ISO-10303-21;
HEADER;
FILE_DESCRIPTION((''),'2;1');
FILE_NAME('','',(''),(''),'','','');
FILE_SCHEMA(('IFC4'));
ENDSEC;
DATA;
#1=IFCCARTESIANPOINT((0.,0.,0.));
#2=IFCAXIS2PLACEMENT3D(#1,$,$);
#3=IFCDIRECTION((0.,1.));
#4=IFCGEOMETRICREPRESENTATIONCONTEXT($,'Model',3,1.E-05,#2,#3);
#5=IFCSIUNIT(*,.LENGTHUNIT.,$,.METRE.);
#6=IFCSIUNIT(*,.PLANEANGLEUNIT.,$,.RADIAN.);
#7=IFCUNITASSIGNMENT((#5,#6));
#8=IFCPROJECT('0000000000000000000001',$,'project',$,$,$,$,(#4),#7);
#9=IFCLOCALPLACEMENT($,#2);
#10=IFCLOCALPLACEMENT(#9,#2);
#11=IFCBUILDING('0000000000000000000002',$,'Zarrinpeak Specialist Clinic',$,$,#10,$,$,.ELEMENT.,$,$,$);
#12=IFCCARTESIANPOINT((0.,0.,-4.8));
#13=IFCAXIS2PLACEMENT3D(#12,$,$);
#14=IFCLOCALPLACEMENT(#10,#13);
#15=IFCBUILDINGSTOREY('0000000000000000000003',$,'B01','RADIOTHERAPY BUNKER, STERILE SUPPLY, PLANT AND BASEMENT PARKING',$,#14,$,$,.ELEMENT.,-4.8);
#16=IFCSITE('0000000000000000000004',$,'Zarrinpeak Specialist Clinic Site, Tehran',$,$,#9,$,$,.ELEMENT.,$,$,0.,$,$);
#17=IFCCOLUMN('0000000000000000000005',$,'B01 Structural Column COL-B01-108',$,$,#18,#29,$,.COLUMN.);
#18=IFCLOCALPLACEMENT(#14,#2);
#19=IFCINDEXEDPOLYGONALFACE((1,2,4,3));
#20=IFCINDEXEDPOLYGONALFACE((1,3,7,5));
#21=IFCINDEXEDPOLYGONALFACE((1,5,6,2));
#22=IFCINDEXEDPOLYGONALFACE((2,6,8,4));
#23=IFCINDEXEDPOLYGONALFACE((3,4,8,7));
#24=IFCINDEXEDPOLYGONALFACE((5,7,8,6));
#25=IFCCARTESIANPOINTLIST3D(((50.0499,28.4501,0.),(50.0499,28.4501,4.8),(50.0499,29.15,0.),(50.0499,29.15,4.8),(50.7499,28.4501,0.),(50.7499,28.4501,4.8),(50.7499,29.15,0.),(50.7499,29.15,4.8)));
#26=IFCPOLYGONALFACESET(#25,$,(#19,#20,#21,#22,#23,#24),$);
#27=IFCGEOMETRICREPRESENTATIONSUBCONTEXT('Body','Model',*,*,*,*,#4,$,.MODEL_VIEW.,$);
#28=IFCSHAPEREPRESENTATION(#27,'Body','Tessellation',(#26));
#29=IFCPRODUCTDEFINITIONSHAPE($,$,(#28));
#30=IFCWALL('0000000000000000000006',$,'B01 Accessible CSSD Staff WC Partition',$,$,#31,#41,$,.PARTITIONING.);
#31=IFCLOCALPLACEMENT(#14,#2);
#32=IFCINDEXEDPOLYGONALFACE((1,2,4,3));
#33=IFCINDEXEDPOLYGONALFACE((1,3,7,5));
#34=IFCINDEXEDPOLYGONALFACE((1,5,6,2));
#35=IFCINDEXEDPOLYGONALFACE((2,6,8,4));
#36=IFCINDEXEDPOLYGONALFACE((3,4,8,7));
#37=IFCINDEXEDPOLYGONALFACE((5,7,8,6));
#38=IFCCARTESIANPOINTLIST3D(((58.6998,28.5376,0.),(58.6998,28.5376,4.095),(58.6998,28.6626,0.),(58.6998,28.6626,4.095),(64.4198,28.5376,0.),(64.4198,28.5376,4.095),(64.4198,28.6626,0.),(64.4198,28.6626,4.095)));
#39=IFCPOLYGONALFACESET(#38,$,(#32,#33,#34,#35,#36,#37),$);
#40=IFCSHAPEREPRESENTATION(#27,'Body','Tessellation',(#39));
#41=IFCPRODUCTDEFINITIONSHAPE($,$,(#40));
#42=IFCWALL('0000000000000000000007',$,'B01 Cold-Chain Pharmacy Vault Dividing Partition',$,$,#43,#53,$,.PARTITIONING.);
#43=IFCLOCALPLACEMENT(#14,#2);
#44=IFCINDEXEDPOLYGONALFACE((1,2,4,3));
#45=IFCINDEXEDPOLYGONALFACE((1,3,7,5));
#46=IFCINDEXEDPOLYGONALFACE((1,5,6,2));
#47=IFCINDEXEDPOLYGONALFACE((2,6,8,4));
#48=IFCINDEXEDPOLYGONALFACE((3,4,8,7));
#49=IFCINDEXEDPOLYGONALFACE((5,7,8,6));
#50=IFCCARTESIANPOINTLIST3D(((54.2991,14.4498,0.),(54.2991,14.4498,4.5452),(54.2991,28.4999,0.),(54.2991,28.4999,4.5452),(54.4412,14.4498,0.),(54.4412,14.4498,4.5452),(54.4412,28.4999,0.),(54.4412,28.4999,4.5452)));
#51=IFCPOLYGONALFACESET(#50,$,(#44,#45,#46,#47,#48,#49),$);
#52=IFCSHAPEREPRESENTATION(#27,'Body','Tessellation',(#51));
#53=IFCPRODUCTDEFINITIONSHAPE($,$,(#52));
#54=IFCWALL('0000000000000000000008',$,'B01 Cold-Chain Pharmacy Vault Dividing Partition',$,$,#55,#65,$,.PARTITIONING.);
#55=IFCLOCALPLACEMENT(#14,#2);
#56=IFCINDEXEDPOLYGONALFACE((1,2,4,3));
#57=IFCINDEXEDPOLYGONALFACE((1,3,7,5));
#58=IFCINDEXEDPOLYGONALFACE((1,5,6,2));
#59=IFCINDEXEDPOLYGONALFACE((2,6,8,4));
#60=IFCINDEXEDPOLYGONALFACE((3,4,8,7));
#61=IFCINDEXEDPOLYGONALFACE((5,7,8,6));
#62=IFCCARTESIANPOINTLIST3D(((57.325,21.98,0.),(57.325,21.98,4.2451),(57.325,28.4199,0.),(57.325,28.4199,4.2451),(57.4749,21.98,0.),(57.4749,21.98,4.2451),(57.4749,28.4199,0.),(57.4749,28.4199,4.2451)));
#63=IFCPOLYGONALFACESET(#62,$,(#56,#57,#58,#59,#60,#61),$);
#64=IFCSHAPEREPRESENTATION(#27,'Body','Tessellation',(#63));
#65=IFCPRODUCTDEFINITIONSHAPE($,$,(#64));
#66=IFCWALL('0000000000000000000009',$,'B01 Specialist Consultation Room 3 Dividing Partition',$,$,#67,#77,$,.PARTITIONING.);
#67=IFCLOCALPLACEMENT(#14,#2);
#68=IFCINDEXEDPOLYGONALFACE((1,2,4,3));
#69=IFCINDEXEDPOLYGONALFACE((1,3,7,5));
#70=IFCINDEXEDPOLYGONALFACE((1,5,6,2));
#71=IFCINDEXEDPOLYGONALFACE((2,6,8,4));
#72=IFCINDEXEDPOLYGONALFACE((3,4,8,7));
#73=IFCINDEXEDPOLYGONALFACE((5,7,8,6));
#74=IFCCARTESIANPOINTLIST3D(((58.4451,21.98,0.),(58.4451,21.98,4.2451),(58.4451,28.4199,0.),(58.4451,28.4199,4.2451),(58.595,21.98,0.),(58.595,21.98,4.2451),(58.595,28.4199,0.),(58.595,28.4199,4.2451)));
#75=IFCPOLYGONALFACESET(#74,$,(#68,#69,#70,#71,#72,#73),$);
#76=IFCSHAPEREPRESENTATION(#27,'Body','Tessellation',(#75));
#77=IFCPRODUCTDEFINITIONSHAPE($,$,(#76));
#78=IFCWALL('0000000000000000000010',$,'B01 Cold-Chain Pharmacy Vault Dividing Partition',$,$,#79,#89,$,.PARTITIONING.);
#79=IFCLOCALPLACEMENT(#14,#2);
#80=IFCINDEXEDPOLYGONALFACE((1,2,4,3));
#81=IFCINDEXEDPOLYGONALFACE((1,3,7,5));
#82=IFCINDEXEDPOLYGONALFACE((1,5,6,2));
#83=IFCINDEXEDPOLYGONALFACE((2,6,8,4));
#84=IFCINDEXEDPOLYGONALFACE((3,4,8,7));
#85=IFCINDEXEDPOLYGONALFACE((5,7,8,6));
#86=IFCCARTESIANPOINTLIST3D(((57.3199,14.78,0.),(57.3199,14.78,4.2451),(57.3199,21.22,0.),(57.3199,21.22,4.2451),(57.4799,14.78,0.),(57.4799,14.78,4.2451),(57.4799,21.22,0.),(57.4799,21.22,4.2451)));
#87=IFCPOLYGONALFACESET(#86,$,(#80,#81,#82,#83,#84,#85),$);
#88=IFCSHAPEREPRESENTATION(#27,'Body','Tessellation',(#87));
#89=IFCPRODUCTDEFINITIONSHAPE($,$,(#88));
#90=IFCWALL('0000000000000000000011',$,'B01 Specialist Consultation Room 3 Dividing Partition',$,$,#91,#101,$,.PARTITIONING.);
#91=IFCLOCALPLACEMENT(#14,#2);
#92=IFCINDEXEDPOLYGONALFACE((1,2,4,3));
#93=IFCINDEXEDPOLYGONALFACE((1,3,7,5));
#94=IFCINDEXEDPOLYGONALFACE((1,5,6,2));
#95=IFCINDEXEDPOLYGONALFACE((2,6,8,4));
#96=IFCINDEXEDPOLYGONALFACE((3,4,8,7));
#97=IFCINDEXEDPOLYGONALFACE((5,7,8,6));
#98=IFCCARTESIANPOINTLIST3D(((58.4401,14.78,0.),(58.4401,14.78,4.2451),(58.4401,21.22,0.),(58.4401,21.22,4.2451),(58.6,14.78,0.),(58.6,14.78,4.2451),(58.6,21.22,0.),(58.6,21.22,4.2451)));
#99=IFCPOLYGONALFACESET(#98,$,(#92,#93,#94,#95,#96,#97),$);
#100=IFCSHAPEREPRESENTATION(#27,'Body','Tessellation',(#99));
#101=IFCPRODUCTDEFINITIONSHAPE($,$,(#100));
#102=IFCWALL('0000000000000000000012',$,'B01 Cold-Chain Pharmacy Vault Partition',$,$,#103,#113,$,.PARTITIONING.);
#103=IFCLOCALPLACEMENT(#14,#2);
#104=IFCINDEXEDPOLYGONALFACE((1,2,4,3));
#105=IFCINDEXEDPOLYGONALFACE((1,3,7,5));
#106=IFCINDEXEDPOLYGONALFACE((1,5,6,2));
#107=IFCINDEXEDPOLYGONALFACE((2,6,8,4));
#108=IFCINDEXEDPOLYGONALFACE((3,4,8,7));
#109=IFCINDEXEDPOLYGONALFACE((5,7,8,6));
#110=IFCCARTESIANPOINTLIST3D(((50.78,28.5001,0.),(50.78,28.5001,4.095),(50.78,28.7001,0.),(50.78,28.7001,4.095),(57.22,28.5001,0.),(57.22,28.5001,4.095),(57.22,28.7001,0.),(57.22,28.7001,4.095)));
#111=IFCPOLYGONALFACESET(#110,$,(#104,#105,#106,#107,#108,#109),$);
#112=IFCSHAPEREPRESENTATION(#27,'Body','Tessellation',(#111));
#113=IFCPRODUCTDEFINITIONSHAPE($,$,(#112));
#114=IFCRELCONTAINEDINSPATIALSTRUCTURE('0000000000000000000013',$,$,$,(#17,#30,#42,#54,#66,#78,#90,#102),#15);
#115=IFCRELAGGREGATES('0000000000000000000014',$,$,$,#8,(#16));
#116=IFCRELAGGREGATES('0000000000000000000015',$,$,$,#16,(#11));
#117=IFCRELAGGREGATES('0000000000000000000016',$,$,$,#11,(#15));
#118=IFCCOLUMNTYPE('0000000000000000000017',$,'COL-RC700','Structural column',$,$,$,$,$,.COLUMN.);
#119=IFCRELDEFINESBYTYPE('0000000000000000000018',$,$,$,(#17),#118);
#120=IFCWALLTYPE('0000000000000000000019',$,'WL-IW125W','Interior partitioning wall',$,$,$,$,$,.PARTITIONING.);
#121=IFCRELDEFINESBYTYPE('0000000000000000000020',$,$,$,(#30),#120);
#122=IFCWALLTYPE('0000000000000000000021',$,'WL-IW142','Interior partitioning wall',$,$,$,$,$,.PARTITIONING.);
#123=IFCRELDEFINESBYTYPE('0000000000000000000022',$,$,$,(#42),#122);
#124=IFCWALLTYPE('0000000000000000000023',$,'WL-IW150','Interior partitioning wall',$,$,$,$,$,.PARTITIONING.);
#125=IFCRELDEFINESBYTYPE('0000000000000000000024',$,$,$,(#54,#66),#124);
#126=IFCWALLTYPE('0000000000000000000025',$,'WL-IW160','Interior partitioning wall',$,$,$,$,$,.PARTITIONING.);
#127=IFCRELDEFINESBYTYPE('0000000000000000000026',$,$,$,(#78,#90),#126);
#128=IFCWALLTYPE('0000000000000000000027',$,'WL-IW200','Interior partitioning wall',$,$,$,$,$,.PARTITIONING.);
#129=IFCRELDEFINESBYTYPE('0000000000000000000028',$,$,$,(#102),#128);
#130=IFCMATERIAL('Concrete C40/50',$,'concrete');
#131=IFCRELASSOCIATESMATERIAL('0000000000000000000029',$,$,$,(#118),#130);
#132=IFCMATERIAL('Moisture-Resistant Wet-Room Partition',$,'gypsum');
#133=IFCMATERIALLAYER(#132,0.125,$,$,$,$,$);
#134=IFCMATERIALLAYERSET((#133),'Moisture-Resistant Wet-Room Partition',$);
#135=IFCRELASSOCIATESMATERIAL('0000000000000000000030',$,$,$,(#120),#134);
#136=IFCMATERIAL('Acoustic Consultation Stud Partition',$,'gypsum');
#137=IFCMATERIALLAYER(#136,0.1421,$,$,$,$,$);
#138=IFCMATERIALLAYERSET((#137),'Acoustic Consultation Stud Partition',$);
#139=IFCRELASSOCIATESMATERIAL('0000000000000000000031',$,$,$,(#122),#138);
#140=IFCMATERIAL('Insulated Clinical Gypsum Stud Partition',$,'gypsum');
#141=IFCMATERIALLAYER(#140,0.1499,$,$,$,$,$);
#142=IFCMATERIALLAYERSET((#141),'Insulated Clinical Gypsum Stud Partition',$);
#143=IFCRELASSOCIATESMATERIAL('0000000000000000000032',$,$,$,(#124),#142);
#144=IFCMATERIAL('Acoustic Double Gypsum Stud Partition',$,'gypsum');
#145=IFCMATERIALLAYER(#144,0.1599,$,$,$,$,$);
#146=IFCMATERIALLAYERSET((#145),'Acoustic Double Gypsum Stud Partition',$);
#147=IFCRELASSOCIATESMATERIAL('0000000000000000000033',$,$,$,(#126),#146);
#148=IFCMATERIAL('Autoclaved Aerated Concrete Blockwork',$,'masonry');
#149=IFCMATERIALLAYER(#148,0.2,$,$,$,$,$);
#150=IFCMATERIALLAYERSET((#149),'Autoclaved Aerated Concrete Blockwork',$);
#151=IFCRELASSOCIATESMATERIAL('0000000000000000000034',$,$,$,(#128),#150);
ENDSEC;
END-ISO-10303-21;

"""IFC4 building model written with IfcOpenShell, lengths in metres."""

from ifc_helpers import new_model, si_unit, direction, frame, frame_2d, origin, origin_2d, place, context, subcontext, project, spatial, rectangle, extrude, material, layer, layer_set, material_profile, profile_set, type_object, element, save


model = new_model("IFC4")

# Units and contexts
model_context = context("Model", 3, precision=1e-05, world=origin(), true_north=direction((0.0, 1.0)))
body_context = subcontext(model_context, "Body", "Model", "MODEL_VIEW")
ifc_project = project(units=[si_unit("LENGTHUNIT", "METRE"), si_unit("PLANEANGLEUNIT", "RADIAN")], contexts=[model_context])

# Site, building, storey
site_placement = place(None, origin())
site = spatial("IfcSite", under=ifc_project, at=site_placement, Name="Zarrinpeak Specialist Clinic Site, Tehran", CompositionType="ELEMENT", RefElevation=0.0)
building_placement = place(site_placement, origin())
building = spatial("IfcBuilding", under=site, at=building_placement, Name="Zarrinpeak Specialist Clinic", CompositionType="ELEMENT")
storey_placement = place(building_placement, frame((0.0, 0.0, -4.8)))
storey = spatial("IfcBuildingStorey", under=building, at=storey_placement, Name="B01", Description="RADIOTHERAPY BUNKER, STERILE SUPPLY, PLANT AND BASEMENT PARKING", CompositionType="ELEMENT", Elevation=-4.8)

# Shared definitions
ifc_material_1 = material(Name="Concrete C40/50", Category="concrete")

# Column
ifc_material_profile_1 = material_profile(ifc_material_1, rectangle(XDim=0.7, YDim=0.7, at=origin_2d()), Name="RC 700x700")
ifc_profile_set_1 = profile_set([ifc_material_profile_1], Name="Concrete C40/50")
column_type_1 = type_object("IfcColumnType", Name="COL-RC700", Description="Structural column", PredefinedType="COLUMN", material=ifc_profile_set_1)
for number, where, z_axis, x_axis, name in (
    (1, (50.3999, 28.8, 0.0), (0.0, 0.0, 1.0), (1.0, 0.0, 0.0), "B01 Structural Column COL-B01-108"),
):
    element("IfcColumn", number, at=place(storey_placement, frame(where, z_axis=z_axis, x_axis=x_axis)), inside=storey, type_object=column_type_1, Name=name, PredefinedType="COLUMN", context=body_context, shape_type="SweptSolid", body=[
        extrude(rectangle(XDim=0.7, YDim=0.7, at=origin_2d()), origin(), (0.0, 0.0, 1.0), 4.8),
    ])

# Walls
ifc_material_2 = material(Name="Moisture-Resistant Wet-Room Partition", Category="gypsum")
ifc_layer_1 = layer(ifc_material_2, 0.125)
ifc_layer_set_1 = layer_set([ifc_layer_1], Name="Moisture-Resistant Wet-Room Partition")
wall_type_1 = type_object("IfcWallType", Name="WL-IW125W", Description="Interior partitioning wall", PredefinedType="PARTITIONING", material=ifc_layer_set_1)
wall_1_placement = place(storey_placement, frame((58.7, 28.6001, 0.0), z_axis=(0.0, 0.0, 1.0), x_axis=(1.0, 0.0, 0.0)))
element("IfcWall", 2, at=wall_1_placement, inside=storey, type_object=wall_type_1, Name="B01 Accessible CSSD Staff WC Partition", PredefinedType="PARTITIONING", context=body_context, shape_type="SweptSolid", body=[
    extrude(rectangle(XDim=5.72, YDim=0.125, at=frame_2d((2.8599, 0.0))), origin(), (0.0, 0.0, 1.0), 4.095),
])
ifc_material_3 = material(Name="Acoustic Consultation Stud Partition", Category="gypsum")
ifc_layer_2 = layer(ifc_material_3, 0.1421)
ifc_layer_set_2 = layer_set([ifc_layer_2], Name="Acoustic Consultation Stud Partition")
wall_type_2 = type_object("IfcWallType", Name="WL-IW142", Description="Interior partitioning wall", PredefinedType="PARTITIONING", material=ifc_layer_set_2)
wall_2_placement = place(storey_placement, frame((54.3701, 14.45, 0.0), z_axis=(0.0, 0.0, 1.0), x_axis=(0.0, 1.0, 0.0)))
element("IfcWall", 3, at=wall_2_placement, inside=storey, type_object=wall_type_2, Name="B01 Cold-Chain Pharmacy Vault Dividing Partition", PredefinedType="PARTITIONING", context=body_context, shape_type="SweptSolid", body=[
    extrude(rectangle(XDim=14.05, YDim=0.1421, at=frame_2d((7.0249, 0.0))), origin(), (0.0, 0.0, 1.0), 4.5452),
])
ifc_material_4 = material(Name="Insulated Clinical Gypsum Stud Partition", Category="gypsum")
ifc_layer_3 = layer(ifc_material_4, 0.1499)
ifc_layer_set_3 = layer_set([ifc_layer_3], Name="Insulated Clinical Gypsum Stud Partition")
wall_type_3 = type_object("IfcWallType", Name="WL-IW150", Description="Interior partitioning wall", PredefinedType="PARTITIONING", material=ifc_layer_set_3)
for number, where, z_axis, x_axis, name in (
    (4, (57.3999, 21.98, 0.0), (0.0, 0.0, 1.0), (0.0, 1.0, 0.0), "B01 Cold-Chain Pharmacy Vault Dividing Partition"),
    (5, (58.52, 21.98, 0.0), (0.0, 0.0, 1.0), (0.0, 1.0, 0.0), "B01 Specialist Consultation Room 3 Dividing Partition"),
):
    element("IfcWall", number, at=place(storey_placement, frame(where, z_axis=z_axis, x_axis=x_axis)), inside=storey, type_object=wall_type_3, Name=name, PredefinedType="PARTITIONING", context=body_context, shape_type="SweptSolid", body=[
        extrude(rectangle(XDim=6.4399, YDim=0.1499, at=frame_2d((3.22, 0.0))), origin(), (0.0, 0.0, 1.0), 4.2451),
    ])
ifc_material_5 = material(Name="Acoustic Double Gypsum Stud Partition", Category="gypsum")
ifc_layer_4 = layer(ifc_material_5, 0.1599)
ifc_layer_set_4 = layer_set([ifc_layer_4], Name="Acoustic Double Gypsum Stud Partition")
wall_type_4 = type_object("IfcWallType", Name="WL-IW160", Description="Interior partitioning wall", PredefinedType="PARTITIONING", material=ifc_layer_set_4)
for number, where, z_axis, x_axis, name in (
    (6, (57.3999, 14.78, 0.0), (0.0, 0.0, 1.0), (0.0, 1.0, 0.0), "B01 Cold-Chain Pharmacy Vault Dividing Partition"),
    (7, (58.52, 14.78, 0.0), (0.0, 0.0, 1.0), (0.0, 1.0, 0.0), "B01 Specialist Consultation Room 3 Dividing Partition"),
):
    element("IfcWall", number, at=place(storey_placement, frame(where, z_axis=z_axis, x_axis=x_axis)), inside=storey, type_object=wall_type_4, Name=name, PredefinedType="PARTITIONING", context=body_context, shape_type="SweptSolid", body=[
        extrude(rectangle(XDim=6.4399, YDim=0.1599, at=frame_2d((3.22, 0.0))), origin(), (0.0, 0.0, 1.0), 4.2451),
    ])
ifc_material_6 = material(Name="Autoclaved Aerated Concrete Blockwork", Category="masonry")
ifc_layer_5 = layer(ifc_material_6, 0.2)
ifc_layer_set_5 = layer_set([ifc_layer_5], Name="Autoclaved Aerated Concrete Blockwork")
wall_type_5 = type_object("IfcWallType", Name="WL-IW200", Description="Interior partitioning wall", PredefinedType="PARTITIONING", material=ifc_layer_set_5)
wall_3_placement = place(storey_placement, frame((50.78, 28.6001, 0.0), z_axis=(0.0, 0.0, 1.0), x_axis=(1.0, 0.0, 0.0)))
element("IfcWall", 8, at=wall_3_placement, inside=storey, type_object=wall_type_5, Name="B01 Cold-Chain Pharmacy Vault Partition", PredefinedType="PARTITIONING", context=body_context, shape_type="SweptSolid", body=[
    extrude(rectangle(XDim=6.4399, YDim=0.2, at=frame_2d((3.22, 0.0))), origin(), (0.0, 0.0, 1.0), 4.095),
])

save(model, "model.ifc")
